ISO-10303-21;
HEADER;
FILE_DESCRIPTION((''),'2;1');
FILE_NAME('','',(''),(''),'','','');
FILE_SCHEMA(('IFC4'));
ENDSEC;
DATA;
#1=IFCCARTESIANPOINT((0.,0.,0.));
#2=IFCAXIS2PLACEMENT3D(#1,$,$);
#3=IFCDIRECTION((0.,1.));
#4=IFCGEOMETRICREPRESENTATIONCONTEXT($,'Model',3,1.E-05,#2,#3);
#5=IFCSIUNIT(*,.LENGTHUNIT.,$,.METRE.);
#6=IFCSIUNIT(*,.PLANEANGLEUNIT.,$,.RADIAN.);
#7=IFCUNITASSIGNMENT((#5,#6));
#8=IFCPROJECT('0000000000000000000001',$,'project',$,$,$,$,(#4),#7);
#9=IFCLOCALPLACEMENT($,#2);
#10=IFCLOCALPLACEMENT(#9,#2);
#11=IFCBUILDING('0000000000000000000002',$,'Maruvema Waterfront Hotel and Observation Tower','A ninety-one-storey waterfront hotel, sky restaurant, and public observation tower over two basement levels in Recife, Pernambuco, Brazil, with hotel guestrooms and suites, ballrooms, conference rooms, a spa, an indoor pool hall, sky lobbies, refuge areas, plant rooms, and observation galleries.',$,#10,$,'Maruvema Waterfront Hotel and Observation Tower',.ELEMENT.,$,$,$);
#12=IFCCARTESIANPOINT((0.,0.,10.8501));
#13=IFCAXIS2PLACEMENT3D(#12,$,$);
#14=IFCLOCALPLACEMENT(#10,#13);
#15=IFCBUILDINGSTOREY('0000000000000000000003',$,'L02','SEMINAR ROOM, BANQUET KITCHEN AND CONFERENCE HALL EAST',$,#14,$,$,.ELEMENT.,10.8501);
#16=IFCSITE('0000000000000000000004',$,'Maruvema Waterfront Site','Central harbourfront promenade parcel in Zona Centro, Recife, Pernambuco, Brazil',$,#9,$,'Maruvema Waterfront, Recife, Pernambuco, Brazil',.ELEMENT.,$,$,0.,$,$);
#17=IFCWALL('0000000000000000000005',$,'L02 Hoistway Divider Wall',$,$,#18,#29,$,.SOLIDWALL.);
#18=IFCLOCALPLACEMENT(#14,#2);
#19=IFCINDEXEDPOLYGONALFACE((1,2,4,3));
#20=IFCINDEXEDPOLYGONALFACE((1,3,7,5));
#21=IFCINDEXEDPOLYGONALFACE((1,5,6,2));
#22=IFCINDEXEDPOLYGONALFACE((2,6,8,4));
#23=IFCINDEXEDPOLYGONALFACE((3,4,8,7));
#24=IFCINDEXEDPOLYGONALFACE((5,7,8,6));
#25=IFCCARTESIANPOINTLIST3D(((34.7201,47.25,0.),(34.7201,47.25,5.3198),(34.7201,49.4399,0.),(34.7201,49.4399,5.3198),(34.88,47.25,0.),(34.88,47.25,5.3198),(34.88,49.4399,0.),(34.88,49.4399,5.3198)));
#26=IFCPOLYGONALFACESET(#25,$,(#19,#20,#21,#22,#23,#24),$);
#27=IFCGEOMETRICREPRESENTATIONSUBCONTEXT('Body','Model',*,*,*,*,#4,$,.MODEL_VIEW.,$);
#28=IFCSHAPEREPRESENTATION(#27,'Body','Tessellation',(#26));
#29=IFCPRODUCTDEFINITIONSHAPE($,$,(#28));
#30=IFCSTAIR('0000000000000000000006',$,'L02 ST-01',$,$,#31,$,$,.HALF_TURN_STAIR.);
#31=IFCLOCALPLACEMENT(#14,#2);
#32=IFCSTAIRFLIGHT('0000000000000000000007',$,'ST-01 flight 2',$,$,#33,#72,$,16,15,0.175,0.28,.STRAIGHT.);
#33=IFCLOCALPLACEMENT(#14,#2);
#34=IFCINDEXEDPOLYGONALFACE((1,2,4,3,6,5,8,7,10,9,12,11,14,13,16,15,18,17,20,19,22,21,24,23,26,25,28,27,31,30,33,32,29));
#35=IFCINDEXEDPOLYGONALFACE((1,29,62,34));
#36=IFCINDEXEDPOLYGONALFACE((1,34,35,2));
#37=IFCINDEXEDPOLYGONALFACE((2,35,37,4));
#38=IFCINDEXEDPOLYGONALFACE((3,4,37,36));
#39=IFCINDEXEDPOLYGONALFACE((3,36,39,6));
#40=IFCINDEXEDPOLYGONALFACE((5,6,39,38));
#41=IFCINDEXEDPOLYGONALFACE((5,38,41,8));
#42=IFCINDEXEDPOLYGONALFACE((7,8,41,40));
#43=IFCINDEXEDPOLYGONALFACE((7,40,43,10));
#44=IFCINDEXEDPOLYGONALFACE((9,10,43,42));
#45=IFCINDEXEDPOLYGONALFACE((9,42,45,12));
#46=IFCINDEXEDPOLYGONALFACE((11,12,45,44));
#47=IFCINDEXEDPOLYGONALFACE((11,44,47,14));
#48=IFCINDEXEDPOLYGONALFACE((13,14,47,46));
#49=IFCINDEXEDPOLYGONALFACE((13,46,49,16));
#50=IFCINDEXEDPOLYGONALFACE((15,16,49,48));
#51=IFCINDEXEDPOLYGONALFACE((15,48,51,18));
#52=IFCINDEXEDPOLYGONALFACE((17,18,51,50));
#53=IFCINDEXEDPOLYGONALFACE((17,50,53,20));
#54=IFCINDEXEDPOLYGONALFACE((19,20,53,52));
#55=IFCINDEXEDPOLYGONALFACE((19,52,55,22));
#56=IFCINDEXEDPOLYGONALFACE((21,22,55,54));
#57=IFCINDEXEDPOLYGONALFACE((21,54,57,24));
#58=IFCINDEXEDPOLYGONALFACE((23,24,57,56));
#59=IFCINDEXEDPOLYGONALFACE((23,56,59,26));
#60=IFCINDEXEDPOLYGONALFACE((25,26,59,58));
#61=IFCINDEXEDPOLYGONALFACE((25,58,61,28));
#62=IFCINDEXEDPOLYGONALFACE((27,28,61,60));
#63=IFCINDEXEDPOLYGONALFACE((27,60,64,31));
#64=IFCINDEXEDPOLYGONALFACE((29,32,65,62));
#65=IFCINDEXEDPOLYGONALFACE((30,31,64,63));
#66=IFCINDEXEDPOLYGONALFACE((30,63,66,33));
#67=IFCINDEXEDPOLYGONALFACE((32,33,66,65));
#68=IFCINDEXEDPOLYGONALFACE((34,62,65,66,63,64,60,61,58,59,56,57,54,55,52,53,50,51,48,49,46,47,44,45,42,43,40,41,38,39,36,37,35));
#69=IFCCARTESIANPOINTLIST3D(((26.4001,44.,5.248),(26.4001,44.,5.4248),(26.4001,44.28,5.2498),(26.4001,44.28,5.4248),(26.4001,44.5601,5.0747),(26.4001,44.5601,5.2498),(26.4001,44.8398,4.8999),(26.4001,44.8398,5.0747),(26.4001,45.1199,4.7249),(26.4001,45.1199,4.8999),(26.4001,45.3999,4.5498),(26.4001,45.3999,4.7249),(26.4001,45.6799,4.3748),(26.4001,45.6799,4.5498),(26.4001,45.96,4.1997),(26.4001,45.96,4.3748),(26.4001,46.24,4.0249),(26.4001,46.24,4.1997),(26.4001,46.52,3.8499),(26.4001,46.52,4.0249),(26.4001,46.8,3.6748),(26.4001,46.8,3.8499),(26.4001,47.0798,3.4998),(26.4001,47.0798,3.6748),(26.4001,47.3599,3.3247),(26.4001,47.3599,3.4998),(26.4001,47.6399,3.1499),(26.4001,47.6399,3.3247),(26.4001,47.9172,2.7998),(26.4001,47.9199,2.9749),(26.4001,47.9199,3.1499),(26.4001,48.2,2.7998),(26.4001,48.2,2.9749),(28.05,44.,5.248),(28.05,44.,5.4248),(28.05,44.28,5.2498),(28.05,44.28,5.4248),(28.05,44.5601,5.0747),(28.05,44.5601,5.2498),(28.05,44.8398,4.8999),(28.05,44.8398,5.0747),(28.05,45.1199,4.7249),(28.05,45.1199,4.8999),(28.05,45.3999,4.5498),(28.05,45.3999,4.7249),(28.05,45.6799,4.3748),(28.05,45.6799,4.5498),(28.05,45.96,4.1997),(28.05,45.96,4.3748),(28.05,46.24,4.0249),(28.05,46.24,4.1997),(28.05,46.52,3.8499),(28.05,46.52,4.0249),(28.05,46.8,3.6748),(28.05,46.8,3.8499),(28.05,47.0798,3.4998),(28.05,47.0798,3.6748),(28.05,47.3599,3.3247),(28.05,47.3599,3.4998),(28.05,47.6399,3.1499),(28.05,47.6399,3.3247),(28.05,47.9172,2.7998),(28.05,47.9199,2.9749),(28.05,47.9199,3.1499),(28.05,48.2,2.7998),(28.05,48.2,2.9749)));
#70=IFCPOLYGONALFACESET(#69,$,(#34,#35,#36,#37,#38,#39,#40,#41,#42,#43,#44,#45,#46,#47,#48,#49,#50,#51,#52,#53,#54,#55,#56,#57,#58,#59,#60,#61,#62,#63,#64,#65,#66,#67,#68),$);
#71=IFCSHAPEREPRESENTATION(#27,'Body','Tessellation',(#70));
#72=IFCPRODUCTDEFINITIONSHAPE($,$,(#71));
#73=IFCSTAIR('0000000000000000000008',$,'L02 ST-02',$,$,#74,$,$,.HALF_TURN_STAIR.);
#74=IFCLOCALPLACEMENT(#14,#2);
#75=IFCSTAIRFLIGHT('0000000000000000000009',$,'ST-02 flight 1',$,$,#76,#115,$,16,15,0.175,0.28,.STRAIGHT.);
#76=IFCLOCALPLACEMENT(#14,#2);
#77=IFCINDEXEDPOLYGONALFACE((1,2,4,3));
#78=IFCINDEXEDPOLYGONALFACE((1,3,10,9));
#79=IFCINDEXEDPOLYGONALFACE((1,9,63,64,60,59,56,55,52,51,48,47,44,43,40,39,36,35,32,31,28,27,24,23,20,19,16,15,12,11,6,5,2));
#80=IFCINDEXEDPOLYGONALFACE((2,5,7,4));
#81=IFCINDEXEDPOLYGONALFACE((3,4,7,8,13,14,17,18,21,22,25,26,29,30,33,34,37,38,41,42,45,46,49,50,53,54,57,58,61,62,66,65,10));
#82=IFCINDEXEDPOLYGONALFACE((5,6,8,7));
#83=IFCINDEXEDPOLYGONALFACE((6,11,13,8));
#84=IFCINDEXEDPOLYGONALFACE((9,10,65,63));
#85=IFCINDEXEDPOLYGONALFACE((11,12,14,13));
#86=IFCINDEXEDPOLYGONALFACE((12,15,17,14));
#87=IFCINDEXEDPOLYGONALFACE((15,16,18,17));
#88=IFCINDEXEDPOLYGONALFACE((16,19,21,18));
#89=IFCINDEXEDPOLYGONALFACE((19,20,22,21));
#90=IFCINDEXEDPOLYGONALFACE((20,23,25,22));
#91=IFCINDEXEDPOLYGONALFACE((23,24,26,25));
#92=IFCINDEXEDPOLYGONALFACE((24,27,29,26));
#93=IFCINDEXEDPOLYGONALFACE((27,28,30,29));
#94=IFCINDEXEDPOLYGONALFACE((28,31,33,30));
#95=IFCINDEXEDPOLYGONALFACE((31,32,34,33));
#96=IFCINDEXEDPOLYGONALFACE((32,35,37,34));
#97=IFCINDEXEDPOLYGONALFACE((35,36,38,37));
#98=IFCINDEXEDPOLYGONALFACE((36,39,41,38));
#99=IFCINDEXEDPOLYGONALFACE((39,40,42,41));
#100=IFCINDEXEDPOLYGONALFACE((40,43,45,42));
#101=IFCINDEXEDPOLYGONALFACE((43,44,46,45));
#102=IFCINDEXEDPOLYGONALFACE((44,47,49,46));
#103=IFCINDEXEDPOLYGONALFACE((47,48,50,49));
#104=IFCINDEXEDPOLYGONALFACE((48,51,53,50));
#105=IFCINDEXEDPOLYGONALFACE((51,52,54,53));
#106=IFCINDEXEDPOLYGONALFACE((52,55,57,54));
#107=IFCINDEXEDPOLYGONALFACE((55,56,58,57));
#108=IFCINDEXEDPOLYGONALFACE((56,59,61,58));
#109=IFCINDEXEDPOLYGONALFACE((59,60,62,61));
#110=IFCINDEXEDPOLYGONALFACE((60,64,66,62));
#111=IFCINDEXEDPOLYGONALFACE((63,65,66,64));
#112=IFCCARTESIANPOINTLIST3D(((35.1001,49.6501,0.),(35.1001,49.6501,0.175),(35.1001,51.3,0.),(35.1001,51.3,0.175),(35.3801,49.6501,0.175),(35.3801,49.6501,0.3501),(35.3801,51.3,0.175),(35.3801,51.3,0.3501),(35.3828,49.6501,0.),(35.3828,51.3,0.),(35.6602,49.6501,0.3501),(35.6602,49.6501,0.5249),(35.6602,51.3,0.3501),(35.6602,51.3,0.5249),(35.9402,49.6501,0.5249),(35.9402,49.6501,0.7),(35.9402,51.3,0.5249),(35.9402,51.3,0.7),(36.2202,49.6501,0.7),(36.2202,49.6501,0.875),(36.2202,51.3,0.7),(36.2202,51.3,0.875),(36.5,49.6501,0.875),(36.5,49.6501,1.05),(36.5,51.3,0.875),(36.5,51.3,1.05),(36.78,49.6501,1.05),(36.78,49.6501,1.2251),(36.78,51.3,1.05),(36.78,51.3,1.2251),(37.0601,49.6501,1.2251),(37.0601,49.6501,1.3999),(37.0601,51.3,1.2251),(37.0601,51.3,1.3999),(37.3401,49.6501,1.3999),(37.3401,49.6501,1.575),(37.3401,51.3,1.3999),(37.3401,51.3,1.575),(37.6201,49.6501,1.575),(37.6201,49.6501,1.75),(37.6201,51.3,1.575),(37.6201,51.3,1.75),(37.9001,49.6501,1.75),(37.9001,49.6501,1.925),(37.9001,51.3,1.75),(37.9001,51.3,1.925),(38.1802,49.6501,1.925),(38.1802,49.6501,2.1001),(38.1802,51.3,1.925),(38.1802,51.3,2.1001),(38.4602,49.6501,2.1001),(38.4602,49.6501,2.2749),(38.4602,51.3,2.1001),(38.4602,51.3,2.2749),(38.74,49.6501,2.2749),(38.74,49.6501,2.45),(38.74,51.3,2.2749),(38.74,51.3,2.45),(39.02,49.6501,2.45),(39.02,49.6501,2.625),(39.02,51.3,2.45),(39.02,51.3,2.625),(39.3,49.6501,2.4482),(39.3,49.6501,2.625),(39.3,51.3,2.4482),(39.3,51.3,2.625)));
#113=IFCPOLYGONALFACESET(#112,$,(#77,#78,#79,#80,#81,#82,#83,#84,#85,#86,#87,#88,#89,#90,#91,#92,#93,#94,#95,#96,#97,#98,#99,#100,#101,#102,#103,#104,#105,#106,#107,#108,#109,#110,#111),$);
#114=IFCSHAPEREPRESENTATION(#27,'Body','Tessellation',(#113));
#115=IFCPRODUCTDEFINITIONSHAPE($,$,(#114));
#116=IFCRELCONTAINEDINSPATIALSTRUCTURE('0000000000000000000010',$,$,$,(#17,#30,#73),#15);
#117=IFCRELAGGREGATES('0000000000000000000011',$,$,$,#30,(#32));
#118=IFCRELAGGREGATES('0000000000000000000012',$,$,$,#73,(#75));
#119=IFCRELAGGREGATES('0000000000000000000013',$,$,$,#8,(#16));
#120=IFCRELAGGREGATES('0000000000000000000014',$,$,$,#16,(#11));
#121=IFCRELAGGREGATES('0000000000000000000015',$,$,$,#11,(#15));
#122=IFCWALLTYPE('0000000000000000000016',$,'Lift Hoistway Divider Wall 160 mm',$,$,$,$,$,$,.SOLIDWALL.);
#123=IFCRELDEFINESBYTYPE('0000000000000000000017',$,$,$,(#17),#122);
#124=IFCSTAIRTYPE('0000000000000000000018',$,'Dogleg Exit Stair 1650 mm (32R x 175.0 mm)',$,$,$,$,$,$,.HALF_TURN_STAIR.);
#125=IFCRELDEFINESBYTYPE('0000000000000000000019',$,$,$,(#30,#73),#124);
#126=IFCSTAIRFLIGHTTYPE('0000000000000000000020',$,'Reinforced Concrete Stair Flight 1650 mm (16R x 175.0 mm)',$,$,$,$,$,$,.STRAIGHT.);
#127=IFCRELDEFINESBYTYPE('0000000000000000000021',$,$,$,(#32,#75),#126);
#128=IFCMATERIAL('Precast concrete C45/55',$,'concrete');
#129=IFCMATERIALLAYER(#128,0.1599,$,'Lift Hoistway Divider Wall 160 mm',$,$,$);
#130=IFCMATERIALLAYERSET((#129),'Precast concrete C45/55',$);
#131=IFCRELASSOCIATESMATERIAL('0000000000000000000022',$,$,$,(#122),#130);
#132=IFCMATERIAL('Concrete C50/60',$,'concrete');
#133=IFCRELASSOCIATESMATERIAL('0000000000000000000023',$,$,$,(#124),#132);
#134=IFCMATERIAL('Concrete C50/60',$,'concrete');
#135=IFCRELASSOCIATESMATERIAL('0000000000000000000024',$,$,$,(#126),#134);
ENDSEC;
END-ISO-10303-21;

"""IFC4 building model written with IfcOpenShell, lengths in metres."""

from ifc_helpers import new_model, si_unit, direction, frame, frame_2d, origin, place, context, subcontext, project, spatial, polyline, rectangle, outline, extrude, material, layer, layer_set, type_object, element, aggregate, save


model = new_model("IFC4")

# Units and contexts
model_context = context("Model", 3, precision=1e-05, world=origin(), true_north=direction((0.0, 1.0)))
body_context = subcontext(model_context, "Body", "Model", "MODEL_VIEW")
ifc_project = project(units=[si_unit("LENGTHUNIT", "METRE"), si_unit("PLANEANGLEUNIT", "RADIAN")], contexts=[model_context])

# Site, building, storey
site_placement = place(None, origin())
site = spatial("IfcSite", under=ifc_project, at=site_placement, Name="Maruvema Waterfront Site", Description="Central harbourfront promenade parcel in Zona Centro, Recife, Pernambuco, Brazil", LongName="Maruvema Waterfront, Recife, Pernambuco, Brazil", CompositionType="ELEMENT", RefElevation=0.0)
building_placement = place(site_placement, origin())
building = spatial("IfcBuilding", under=site, at=building_placement, Name="Maruvema Waterfront Hotel and Observation Tower", Description="A ninety-one-storey waterfront hotel, sky restaurant, and public observation tower over two basement levels in Recife, Pernambuco, Brazil, with hotel guestrooms and suites, ballrooms, conference rooms, a spa, an indoor pool hall, sky lobbies, refuge areas, plant rooms, and observation galleries.", LongName="Maruvema Waterfront Hotel and Observation Tower", CompositionType="ELEMENT")
storey_placement = place(building_placement, frame((0.0, 0.0, 10.8501)))
storey = spatial("IfcBuildingStorey", under=building, at=storey_placement, Name="L02", Description="SEMINAR ROOM, BANQUET KITCHEN AND CONFERENCE HALL EAST", CompositionType="ELEMENT", Elevation=10.8501)

# Wall
ifc_material_1 = material(Name="Precast concrete C45/55", Category="concrete")
ifc_layer_1 = layer(ifc_material_1, 0.1599, Name="Lift Hoistway Divider Wall 160 mm")
ifc_layer_set_1 = layer_set([ifc_layer_1], Name="Precast concrete C45/55")
wall_type_1 = type_object("IfcWallType", Name="Lift Hoistway Divider Wall 160 mm", PredefinedType="SOLIDWALL", material=ifc_layer_set_1)
wall_1_placement = place(storey_placement, frame((34.8, 47.25, 0.0), z_axis=(0.0, 0.0, 1.0), x_axis=(0.0, 1.0, 0.0)))
element("IfcWall", 1, at=wall_1_placement, inside=storey, type_object=wall_type_1, Name="L02 Hoistway Divider Wall", PredefinedType="SOLIDWALL", context=body_context, shape_type="SweptSolid", body=[
    extrude(rectangle(XDim=2.1899, YDim=0.1599, at=frame_2d((1.095, 0.0))), origin(), (0.0, 0.0, 1.0), 5.3198),
])

# Stairs, stair flights
ifc_material_2 = material(Name="Concrete C50/60", Category="concrete")
stair_type = type_object("IfcStairType", Name="Dogleg Exit Stair 1650 mm (32R x 175.0 mm)", PredefinedType="HALF_TURN_STAIR", material=ifc_material_2)
stair_1_placement = place(storey_placement, origin())
stair_1 = element("IfcStair", 2, at=stair_1_placement, inside=storey, type_object=stair_type, Name="L02 ST-01", PredefinedType="HALF_TURN_STAIR")
ifc_material_3 = material(Name="Concrete C50/60", Category="concrete")
stair_flight_type = type_object("IfcStairFlightType", Name="Reinforced Concrete Stair Flight 1650 mm (16R x 175.0 mm)", PredefinedType="STRAIGHT", material=ifc_material_3)
stair_flight_1_placement = place(storey_placement, frame((27.2251, 48.2, 2.7998), z_axis=(0.0, 0.0, 1.0), x_axis=(0.0, -1.0, 0.0)))
stair_flight_1 = element("IfcStairFlight", 3, at=stair_flight_1_placement, type_object=stair_flight_type, Name="ST-01 flight 2", NumberOfRisers=16, NumberOfTreads=15, PredefinedType="STRAIGHT", RiserHeight=0.175, TreadLength=0.28, context=body_context, shape_type="SweptSolid", body=[
    extrude(outline(polyline([(0.0, 0.0), (0.0, 0.175), (0.28, 0.175), (0.28, 0.3501), (0.5601, 0.3501), (0.5601, 0.5249), (0.8401, 0.5249), (0.8401, 0.7), (1.1201, 0.7), (1.1201, 0.875), (1.3999, 0.875), (1.3999, 1.05), (1.6799, 1.05), (1.6799, 1.2251), (1.96, 1.2251), (1.96, 1.3999), (2.24, 1.3999), (2.24, 1.575), (2.52, 1.575), (2.52, 1.75), (2.8, 1.75), (2.8, 1.925), (3.0801, 1.925), (3.0801, 2.1001), (3.3601, 2.1001), (3.3601, 2.2749), (3.6399, 2.2749), (3.6399, 2.45), (3.9199, 2.45), (3.9199, 2.625), (4.2, 2.625), (4.2, 2.8), (4.2, 2.4482), (0.2827, 0.0), (0.0, 0.0)])), frame((0.0, 0.825, 0.0), z_axis=(0.0, -1.0, 0.0), x_axis=(1.0, 0.0, 0.0)), (0.0, 0.0, 1.0), 1.6499),
])
aggregate(stair_1, [stair_flight_1])
stair_2_placement = place(storey_placement, origin())
stair_2 = element("IfcStair", 4, at=stair_2_placement, inside=storey, type_object=stair_type, Name="L02 ST-02", PredefinedType="HALF_TURN_STAIR")
stair_flight_2_placement = place(storey_placement, frame((35.1001, 50.4751, 0.0), z_axis=(0.0, 0.0, 1.0), x_axis=(1.0, 0.0, 0.0)))
stair_flight_2 = element("IfcStairFlight", 5, at=stair_flight_2_placement, type_object=stair_flight_type, Name="ST-02 flight 1", NumberOfRisers=16, NumberOfTreads=15, PredefinedType="STRAIGHT", RiserHeight=0.175, TreadLength=0.28, context=body_context, shape_type="SweptSolid", body=[
    extrude(outline(polyline([(0.0, 0.0), (0.0, 0.175), (0.28, 0.175), (0.28, 0.3501), (0.5601, 0.3501), (0.5601, 0.5249), (0.8401, 0.5249), (0.8401, 0.7), (1.1201, 0.7), (1.1201, 0.875), (1.3999, 0.875), (1.3999, 1.05), (1.6799, 1.05), (1.6799, 1.2251), (1.96, 1.2251), (1.96, 1.3999), (2.24, 1.3999), (2.24, 1.575), (2.52, 1.575), (2.52, 1.75), (2.8, 1.75), (2.8, 1.925), (3.0801, 1.925), (3.0801, 2.1001), (3.3601, 2.1001), (3.3601, 2.2749), (3.6399, 2.2749), (3.6399, 2.45), (3.9199, 2.45), (3.9199, 2.625), (4.2, 2.625), (4.2, 2.8), (4.2, 2.4482), (0.2827, 0.0), (0.0, 0.0)])), frame((0.0, 0.825, 0.0), z_axis=(0.0, -1.0, 0.0), x_axis=(1.0, 0.0, 0.0)), (0.0, 0.0, 1.0), 1.6499),
])
aggregate(stair_2, [stair_flight_2])

save(model, "model.ifc")
